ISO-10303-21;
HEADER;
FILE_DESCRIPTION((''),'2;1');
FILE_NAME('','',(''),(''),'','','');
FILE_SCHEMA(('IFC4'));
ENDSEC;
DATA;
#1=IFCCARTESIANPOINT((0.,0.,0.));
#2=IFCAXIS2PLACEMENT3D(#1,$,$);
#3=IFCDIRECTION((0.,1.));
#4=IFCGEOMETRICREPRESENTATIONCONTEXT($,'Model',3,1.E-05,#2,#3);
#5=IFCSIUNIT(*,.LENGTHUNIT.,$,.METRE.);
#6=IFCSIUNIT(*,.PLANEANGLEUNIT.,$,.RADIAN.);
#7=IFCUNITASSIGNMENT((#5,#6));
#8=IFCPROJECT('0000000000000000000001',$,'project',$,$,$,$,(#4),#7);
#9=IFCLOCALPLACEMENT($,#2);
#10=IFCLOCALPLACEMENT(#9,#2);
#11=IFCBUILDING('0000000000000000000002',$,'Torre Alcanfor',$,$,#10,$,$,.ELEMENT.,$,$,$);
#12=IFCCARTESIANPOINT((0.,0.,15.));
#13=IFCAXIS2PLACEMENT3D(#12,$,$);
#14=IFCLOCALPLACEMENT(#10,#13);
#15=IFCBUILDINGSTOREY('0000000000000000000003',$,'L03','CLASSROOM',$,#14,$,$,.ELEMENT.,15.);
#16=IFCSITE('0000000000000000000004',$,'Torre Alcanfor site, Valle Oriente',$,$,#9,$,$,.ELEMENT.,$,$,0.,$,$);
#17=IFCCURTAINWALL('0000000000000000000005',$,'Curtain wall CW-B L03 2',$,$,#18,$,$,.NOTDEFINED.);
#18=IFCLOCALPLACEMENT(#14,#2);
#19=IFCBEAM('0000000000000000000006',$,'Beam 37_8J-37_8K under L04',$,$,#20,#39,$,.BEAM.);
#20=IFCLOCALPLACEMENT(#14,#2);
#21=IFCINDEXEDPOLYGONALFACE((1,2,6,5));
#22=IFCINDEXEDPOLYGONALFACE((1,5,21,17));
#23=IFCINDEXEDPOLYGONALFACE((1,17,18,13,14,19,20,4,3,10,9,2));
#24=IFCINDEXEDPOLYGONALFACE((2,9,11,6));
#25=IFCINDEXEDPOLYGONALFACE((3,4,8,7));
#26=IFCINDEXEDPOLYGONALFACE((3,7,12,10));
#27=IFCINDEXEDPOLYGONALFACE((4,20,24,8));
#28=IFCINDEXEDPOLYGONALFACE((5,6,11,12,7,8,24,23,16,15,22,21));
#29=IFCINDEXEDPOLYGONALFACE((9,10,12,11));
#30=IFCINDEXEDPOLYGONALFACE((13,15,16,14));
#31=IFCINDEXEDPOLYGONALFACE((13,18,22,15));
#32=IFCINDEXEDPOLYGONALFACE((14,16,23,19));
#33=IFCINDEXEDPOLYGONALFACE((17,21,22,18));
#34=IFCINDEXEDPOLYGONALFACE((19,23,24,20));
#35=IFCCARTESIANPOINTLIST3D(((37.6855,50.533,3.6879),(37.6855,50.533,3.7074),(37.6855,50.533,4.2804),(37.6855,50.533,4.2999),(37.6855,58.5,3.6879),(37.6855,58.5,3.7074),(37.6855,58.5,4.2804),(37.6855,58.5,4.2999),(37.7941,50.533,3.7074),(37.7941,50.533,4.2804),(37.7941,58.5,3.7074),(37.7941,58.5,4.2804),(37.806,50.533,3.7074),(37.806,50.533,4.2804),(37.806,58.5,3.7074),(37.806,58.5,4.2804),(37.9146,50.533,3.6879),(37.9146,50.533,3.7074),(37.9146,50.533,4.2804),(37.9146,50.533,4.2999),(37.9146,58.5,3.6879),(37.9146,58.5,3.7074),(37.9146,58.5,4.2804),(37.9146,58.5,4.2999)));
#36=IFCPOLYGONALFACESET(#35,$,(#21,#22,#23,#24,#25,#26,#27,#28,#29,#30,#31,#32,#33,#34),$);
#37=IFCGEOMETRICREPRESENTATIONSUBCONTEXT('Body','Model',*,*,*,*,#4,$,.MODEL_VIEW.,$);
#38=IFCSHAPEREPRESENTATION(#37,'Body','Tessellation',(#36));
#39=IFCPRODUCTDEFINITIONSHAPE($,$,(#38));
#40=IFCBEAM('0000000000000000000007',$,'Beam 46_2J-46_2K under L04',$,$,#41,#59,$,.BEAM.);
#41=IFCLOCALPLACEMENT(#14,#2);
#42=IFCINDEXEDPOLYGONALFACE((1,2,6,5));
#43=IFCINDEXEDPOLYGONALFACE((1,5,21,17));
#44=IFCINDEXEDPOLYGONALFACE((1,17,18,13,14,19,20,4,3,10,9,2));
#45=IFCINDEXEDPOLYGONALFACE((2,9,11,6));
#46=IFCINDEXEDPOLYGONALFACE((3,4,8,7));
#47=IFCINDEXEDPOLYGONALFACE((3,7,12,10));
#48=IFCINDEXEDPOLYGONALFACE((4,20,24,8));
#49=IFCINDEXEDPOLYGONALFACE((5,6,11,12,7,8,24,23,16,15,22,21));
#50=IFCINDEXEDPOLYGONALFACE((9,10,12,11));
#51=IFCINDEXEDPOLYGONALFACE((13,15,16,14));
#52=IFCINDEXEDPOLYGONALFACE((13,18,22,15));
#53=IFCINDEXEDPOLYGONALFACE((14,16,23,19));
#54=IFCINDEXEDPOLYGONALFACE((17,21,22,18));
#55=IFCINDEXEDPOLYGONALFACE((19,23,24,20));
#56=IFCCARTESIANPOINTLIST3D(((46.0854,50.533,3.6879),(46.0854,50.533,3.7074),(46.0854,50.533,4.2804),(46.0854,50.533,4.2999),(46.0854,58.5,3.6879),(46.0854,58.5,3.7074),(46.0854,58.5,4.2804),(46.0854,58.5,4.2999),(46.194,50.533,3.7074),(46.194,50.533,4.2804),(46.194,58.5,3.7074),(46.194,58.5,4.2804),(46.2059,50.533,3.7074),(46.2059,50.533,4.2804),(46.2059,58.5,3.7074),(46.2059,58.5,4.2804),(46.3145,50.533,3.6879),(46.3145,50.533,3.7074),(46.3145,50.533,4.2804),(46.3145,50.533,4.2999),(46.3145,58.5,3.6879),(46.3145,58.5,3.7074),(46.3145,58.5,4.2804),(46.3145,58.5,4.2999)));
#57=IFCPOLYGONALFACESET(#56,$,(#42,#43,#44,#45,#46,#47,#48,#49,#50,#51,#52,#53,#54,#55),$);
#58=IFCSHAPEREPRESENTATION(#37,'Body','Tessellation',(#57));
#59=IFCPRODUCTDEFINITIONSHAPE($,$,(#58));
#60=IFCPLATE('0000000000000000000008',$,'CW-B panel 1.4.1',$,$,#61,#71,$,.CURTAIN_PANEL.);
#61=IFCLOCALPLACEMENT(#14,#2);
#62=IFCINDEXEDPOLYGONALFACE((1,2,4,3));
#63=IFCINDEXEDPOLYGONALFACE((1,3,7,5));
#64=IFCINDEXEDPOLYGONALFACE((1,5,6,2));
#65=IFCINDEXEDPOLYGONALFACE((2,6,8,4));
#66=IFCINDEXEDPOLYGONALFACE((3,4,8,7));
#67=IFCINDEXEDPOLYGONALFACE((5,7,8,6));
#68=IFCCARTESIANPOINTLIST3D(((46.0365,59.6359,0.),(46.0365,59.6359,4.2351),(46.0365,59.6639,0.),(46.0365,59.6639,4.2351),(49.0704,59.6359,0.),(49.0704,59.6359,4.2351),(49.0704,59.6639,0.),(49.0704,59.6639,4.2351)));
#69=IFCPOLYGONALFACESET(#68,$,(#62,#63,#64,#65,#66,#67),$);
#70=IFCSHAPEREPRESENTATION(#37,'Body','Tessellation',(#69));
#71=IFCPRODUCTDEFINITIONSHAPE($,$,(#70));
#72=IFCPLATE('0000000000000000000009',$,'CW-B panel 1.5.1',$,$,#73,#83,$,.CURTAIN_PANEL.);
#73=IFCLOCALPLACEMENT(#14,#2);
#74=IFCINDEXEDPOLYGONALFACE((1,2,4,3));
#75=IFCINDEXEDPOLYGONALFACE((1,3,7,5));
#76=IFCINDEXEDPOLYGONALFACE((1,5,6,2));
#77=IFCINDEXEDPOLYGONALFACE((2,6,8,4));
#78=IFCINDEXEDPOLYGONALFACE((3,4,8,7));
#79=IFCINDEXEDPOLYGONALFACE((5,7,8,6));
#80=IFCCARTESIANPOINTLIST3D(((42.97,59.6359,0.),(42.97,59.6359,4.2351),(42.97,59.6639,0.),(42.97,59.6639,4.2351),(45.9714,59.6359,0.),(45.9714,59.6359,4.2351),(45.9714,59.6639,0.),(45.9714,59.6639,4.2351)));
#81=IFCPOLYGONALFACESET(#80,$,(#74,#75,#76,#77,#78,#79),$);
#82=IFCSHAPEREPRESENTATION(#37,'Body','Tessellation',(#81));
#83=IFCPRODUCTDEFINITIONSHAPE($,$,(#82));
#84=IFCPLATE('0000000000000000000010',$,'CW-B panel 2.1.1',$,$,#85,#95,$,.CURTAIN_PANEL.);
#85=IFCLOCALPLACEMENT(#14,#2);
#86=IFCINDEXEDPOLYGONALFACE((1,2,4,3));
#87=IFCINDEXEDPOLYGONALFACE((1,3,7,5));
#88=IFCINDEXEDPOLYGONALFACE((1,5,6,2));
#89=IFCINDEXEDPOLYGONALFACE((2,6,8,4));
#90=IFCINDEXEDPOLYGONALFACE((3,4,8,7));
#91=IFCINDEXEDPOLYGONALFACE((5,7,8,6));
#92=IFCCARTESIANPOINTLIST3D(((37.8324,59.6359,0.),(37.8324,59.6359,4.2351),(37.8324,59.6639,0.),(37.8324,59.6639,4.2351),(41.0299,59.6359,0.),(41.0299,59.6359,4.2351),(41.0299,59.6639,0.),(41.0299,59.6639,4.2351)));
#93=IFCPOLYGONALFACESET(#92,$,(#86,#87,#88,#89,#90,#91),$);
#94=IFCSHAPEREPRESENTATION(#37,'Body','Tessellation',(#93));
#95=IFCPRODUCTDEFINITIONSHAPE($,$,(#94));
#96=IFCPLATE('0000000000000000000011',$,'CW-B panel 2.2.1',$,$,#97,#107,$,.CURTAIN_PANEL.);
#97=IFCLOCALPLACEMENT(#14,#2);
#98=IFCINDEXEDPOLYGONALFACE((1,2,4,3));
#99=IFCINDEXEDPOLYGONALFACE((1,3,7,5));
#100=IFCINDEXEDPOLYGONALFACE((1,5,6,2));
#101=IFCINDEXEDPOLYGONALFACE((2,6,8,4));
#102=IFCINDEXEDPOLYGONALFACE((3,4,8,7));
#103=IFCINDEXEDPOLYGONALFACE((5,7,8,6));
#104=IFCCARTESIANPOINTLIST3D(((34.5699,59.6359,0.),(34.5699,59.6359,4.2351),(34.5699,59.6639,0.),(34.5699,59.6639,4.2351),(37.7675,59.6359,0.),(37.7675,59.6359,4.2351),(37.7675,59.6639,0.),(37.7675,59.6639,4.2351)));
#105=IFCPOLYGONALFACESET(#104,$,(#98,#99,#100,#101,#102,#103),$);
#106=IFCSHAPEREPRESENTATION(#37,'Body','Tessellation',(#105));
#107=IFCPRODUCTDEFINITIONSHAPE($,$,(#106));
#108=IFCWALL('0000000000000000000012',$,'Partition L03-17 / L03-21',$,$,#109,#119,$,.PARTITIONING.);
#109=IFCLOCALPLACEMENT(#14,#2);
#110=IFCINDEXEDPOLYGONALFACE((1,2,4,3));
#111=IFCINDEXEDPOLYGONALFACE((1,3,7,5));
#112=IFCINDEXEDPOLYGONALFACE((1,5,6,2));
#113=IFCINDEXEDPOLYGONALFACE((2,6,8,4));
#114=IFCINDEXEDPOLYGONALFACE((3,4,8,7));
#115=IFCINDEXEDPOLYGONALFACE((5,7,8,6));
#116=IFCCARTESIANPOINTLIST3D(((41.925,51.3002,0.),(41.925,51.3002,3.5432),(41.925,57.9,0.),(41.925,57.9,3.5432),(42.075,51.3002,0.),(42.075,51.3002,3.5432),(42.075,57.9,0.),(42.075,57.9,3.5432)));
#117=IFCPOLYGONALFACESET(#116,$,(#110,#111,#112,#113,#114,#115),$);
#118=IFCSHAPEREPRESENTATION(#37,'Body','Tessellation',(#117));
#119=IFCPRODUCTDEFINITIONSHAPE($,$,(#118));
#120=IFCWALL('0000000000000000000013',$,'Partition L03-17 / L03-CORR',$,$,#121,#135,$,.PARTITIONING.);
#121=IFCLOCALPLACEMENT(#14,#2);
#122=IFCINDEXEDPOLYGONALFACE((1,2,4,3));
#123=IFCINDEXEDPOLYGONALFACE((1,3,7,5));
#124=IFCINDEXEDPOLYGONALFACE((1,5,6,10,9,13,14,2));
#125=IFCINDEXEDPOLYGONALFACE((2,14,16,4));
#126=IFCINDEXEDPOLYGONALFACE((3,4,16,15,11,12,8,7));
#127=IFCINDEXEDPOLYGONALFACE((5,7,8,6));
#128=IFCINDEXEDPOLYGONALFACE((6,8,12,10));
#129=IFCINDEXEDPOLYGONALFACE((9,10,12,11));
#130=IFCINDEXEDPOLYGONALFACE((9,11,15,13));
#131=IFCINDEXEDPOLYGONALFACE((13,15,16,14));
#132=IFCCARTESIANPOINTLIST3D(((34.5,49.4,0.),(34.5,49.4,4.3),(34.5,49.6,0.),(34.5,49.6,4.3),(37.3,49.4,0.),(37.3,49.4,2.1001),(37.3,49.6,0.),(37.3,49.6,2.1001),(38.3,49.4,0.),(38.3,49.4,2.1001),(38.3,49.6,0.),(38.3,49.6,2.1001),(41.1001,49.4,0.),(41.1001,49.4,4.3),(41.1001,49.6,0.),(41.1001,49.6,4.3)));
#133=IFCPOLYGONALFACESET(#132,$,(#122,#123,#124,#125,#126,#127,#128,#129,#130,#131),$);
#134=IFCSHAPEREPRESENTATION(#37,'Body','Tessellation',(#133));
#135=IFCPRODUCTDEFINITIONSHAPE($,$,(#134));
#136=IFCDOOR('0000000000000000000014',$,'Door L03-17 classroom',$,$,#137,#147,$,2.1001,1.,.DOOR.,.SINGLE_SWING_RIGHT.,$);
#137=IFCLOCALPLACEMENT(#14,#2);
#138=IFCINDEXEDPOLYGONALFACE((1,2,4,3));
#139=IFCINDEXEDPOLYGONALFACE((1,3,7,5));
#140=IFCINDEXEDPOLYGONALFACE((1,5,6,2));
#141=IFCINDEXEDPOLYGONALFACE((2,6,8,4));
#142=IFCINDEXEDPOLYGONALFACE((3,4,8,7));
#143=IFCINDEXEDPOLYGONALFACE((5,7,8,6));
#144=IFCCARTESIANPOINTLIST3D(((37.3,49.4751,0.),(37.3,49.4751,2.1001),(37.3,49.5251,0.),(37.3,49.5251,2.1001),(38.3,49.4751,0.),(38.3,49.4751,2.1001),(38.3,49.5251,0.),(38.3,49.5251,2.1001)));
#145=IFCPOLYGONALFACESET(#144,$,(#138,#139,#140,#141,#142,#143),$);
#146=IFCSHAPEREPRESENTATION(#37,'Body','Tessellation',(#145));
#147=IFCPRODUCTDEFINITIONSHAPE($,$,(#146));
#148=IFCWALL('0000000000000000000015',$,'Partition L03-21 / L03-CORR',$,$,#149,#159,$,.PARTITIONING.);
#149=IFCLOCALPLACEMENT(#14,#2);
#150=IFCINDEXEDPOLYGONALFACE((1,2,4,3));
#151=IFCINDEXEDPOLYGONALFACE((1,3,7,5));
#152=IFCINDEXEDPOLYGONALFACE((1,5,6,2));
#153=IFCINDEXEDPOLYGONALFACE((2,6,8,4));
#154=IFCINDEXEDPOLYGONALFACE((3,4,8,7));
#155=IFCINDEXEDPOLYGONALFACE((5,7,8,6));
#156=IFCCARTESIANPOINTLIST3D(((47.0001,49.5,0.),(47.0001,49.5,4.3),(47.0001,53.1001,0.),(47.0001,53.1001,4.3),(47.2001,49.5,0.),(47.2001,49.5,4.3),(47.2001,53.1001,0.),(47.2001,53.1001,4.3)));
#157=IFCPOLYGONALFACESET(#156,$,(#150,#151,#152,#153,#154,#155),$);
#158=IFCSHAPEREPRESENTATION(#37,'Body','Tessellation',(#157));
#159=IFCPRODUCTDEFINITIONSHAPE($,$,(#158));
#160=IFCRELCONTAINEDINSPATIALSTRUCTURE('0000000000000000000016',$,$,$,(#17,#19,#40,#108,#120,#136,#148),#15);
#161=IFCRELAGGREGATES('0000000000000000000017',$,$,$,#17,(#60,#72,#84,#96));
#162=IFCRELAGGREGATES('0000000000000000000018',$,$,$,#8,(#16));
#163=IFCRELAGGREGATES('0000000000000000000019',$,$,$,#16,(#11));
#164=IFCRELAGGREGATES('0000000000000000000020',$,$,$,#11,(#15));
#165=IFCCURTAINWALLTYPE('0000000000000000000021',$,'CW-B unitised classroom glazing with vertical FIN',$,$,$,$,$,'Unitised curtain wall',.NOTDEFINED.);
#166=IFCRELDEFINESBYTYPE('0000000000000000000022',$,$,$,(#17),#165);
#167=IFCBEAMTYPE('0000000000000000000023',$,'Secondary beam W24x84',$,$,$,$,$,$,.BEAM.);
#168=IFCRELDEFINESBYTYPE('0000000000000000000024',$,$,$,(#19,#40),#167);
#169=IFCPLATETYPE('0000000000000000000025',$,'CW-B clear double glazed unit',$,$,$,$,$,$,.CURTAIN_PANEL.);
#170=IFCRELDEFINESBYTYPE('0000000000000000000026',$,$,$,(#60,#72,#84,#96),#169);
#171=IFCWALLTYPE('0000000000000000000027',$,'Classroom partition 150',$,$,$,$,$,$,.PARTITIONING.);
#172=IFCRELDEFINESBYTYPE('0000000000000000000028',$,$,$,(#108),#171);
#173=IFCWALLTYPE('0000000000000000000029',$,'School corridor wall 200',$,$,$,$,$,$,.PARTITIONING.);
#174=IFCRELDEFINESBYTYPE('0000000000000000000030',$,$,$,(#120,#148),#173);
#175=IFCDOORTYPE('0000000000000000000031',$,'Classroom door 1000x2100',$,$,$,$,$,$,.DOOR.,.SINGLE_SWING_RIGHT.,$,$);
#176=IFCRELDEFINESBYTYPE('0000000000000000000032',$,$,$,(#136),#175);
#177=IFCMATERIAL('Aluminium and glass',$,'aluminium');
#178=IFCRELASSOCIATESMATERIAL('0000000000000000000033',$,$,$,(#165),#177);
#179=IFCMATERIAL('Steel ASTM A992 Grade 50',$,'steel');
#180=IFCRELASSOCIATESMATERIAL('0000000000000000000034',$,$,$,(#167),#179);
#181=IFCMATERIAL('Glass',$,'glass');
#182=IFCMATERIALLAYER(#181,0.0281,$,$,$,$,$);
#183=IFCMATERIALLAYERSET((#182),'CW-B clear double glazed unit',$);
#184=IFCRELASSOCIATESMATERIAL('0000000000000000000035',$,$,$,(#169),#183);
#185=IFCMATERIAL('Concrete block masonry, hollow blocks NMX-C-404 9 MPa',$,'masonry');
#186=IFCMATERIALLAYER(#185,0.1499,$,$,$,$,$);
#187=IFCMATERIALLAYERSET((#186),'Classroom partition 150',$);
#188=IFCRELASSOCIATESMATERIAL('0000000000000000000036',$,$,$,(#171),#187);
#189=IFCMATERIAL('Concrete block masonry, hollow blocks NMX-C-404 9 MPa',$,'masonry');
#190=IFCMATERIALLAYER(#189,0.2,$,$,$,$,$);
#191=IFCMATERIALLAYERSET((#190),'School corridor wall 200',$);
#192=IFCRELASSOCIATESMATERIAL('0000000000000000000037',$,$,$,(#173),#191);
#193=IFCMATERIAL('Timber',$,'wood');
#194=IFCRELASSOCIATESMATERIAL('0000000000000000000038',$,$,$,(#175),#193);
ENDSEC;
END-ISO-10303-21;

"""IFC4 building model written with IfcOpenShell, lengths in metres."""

from ifc_helpers import new_model, si_unit, direction, frame, frame_2d, origin, origin_2d, place, context, subcontext, project, spatial, rectangle, i_section, extrude, material, layer, layer_set, material_profile, profile_set, type_object, element, fill, aggregate, save


model = new_model("IFC4")

# Units and contexts
model_context = context("Model", 3, precision=1e-05, world=origin(), true_north=direction((0.0, 1.0)))
body_context = subcontext(model_context, "Body", "Model", "MODEL_VIEW")
ifc_project = project(units=[si_unit("LENGTHUNIT", "METRE"), si_unit("PLANEANGLEUNIT", "RADIAN")], contexts=[model_context])

# Site, building, storey
site_placement = place(None, origin())
site = spatial("IfcSite", under=ifc_project, at=site_placement, Name="Torre Alcanfor site, Valle Oriente", CompositionType="ELEMENT", RefElevation=0.0)
building_placement = place(site_placement, origin())
building = spatial("IfcBuilding", under=site, at=building_placement, Name="Torre Alcanfor", CompositionType="ELEMENT")
storey_placement = place(building_placement, frame((0.0, 0.0, 15.0)))
storey = spatial("IfcBuildingStorey", under=building, at=storey_placement, Name="L03", Description="CLASSROOM", CompositionType="ELEMENT", Elevation=15.0)

# Curtain wall
ifc_material_1 = material(Name="Aluminium and glass", Category="aluminium")
curtain_wall_type = type_object("IfcCurtainWallType", Name="CW-B unitised classroom glazing with vertical FIN", ElementType="Unitised curtain wall", PredefinedType="NOTDEFINED", material=ifc_material_1)
curtain_wall_placement = place(storey_placement, origin())
curtain_wall = element("IfcCurtainWall", 1, at=curtain_wall_placement, inside=storey, type_object=curtain_wall_type, Name="Curtain wall CW-B L03 2", PredefinedType="NOTDEFINED")

# Beams
ifc_material_2 = material(Name="Steel ASTM A992 Grade 50", Category="steel")
ifc_material_profile_1 = material_profile(ifc_material_2, i_section(OverallWidth=0.229, OverallDepth=0.6121, WebThickness=0.012, FlangeThickness=0.0195, at=origin_2d()), Name="W24x84")
ifc_profile_set_1 = profile_set([ifc_material_profile_1], Name="Steel ASTM A992 Grade 50")
beam_type_1 = type_object("IfcBeamType", Name="Secondary beam W24x84", PredefinedType="BEAM", material=ifc_profile_set_1)
for number, where, z_axis, x_axis, name in (
    (2, (37.8, 50.533, 3.9939), (0.0, 1.0, 0.0), (-1.0, 0.0, 0.0), "Beam 37_8J-37_8K under L04"),
    (3, (46.2, 50.533, 3.9939), (0.0, 1.0, 0.0), (-1.0, 0.0, 0.0), "Beam 46_2J-46_2K under L04"),
):
    element("IfcBeam", number, at=place(storey_placement, frame(where, z_axis=z_axis, x_axis=x_axis)), inside=storey, type_object=beam_type_1, Name=name, PredefinedType="BEAM", context=body_context, shape_type="SweptSolid", body=[
        extrude(i_section(OverallWidth=0.229, OverallDepth=0.6121, WebThickness=0.012, FlangeThickness=0.0195, at=origin_2d()), origin(), (0.0, 0.0, 1.0), 7.967),
    ])

# Plates
ifc_material_3 = material(Name="Glass", Category="glass")
ifc_layer_1 = layer(ifc_material_3, 0.0281)
ifc_layer_set_1 = layer_set([ifc_layer_1], Name="CW-B clear double glazed unit")
plate_type = type_object("IfcPlateType", Name="CW-B clear double glazed unit", PredefinedType="CURTAIN_PANEL", material=ifc_layer_set_1)
plate_1_placement = place(storey_placement, frame((47.5535, 59.6499, 0.0), z_axis=(0.0, 0.0, 1.0), x_axis=(-1.0, 0.0, 0.0)))
plate_1 = element("IfcPlate", 4, at=plate_1_placement, type_object=plate_type, Name="CW-B panel 1.4.1", PredefinedType="CURTAIN_PANEL", context=body_context, shape_type="SweptSolid", body=[
    extrude(rectangle(XDim=3.0339, YDim=0.0281, at=origin_2d()), origin(), (0.0, 0.0, 1.0), 4.2351),
])
plate_2_placement = place(storey_placement, frame((44.4707, 59.6499, 0.0), z_axis=(0.0, 0.0, 1.0), x_axis=(-1.0, 0.0, 0.0)))
plate_2 = element("IfcPlate", 5, at=plate_2_placement, type_object=plate_type, Name="CW-B panel 1.5.1", PredefinedType="CURTAIN_PANEL", context=body_context, shape_type="SweptSolid", body=[
    extrude(rectangle(XDim=3.0015, YDim=0.0281, at=origin_2d()), origin(), (0.0, 0.0, 1.0), 4.2351),
])
plate_3_placement = place(storey_placement, frame((39.4312, 59.6499, 0.0), z_axis=(0.0, 0.0, 1.0), x_axis=(-1.0, 0.0, 0.0)))
plate_3 = element("IfcPlate", 6, at=plate_3_placement, type_object=plate_type, Name="CW-B panel 2.1.1", PredefinedType="CURTAIN_PANEL", context=body_context, shape_type="SweptSolid", body=[
    extrude(rectangle(XDim=3.1975, YDim=0.0281, at=origin_2d()), origin(), (0.0, 0.0, 1.0), 4.2351),
])
plate_4_placement = place(storey_placement, frame((36.1687, 59.6499, 0.0), z_axis=(0.0, 0.0, 1.0), x_axis=(-1.0, 0.0, 0.0)))
plate_4 = element("IfcPlate", 7, at=plate_4_placement, type_object=plate_type, Name="CW-B panel 2.2.1", PredefinedType="CURTAIN_PANEL", context=body_context, shape_type="SweptSolid", body=[
    extrude(rectangle(XDim=3.1975, YDim=0.0281, at=origin_2d()), origin(), (0.0, 0.0, 1.0), 4.2351),
])
aggregate(curtain_wall, [plate_1, plate_2, plate_3, plate_4])

# Wall
ifc_material_4 = material(Name="Concrete block masonry, hollow blocks NMX-C-404 9 MPa", Category="masonry")
ifc_layer_2 = layer(ifc_material_4, 0.1499)
ifc_layer_set_2 = layer_set([ifc_layer_2], Name="Classroom partition 150")
wall_type_1 = type_object("IfcWallType", Name="Classroom partition 150", PredefinedType="PARTITIONING", material=ifc_layer_set_2)
wall_1_placement = place(storey_placement, frame((42.0, 57.8999, 0.0), z_axis=(0.0, 0.0, 1.0), x_axis=(0.0, -1.0, 0.0)))
element("IfcWall", 8, at=wall_1_placement, inside=storey, type_object=wall_type_1, Name="Partition L03-17 / L03-21", PredefinedType="PARTITIONING", context=body_context, shape_type="SweptSolid", body=[
    extrude(rectangle(XDim=6.5999, YDim=0.1499, at=frame_2d((3.2998, 0.0))), origin(), (0.0, 0.0, 1.0), 3.5432),
])

# Wall, opening, door
ifc_material_5 = material(Name="Concrete block masonry, hollow blocks NMX-C-404 9 MPa", Category="masonry")
ifc_layer_3 = layer(ifc_material_5, 0.2)
ifc_layer_set_3 = layer_set([ifc_layer_3], Name="School corridor wall 200")
wall_type_2 = type_object("IfcWallType", Name="School corridor wall 200", PredefinedType="PARTITIONING", material=ifc_layer_set_3)
wall_2_placement = place(storey_placement, frame((41.1001, 49.5, 0.0), z_axis=(0.0, 0.0, 1.0), x_axis=(-1.0, 0.0, 0.0)))
wall_2 = element("IfcWall", 9, at=wall_2_placement, inside=storey, type_object=wall_type_2, Name="Partition L03-17 / L03-CORR", PredefinedType="PARTITIONING", context=body_context, shape_type="SweptSolid", body=[
    extrude(rectangle(XDim=6.6001, YDim=0.2, at=frame_2d((3.3, 0.0))), origin(), (0.0, 0.0, 1.0), 4.3),
])
opening_1_placement = place(wall_2_placement, frame((2.8, 0.0, 0.0)))
opening_1 = element("IfcOpeningElement", 10, at=opening_1_placement, cuts=wall_2, PredefinedType="OPENING", context=body_context, shape_type="SweptSolid", body=[
    extrude(rectangle(XDim=1.0, YDim=2.1001, at=frame_2d((0.5, 1.05))), frame((0.0, 0.1099, 0.0), z_axis=(0.0, -1.0, 0.0), x_axis=(1.0, 0.0, 0.0)), (0.0, 0.0, 1.0), 0.22),
])
ifc_material_6 = material(Name="Timber", Category="wood")
door_type = type_object("IfcDoorType", Name="Classroom door 1000x2100", OperationType="SINGLE_SWING_RIGHT", PredefinedType="DOOR", material=ifc_material_6)
door_1_placement = place(opening_1_placement, frame((1.0, 0.0, 0.0), z_axis=(0.0, 0.0, 1.0), x_axis=(-1.0, 0.0, 0.0)))
door_1 = element("IfcDoor", 11, at=door_1_placement, inside=storey, type_object=door_type, Name="Door L03-17 classroom", OperationType="SINGLE_SWING_RIGHT", OverallHeight=2.1001, OverallWidth=1.0, PredefinedType="DOOR", context=body_context, shape_type="SweptSolid", body=[
    extrude(rectangle(XDim=1.0, YDim=2.1001, at=frame_2d((0.5, 1.05))), frame((0.0, 0.0251, 0.0), z_axis=(0.0, -1.0, 0.0), x_axis=(1.0, 0.0, 0.0)), (0.0, 0.0, 1.0), 0.05),
])
fill(opening_1, door_1)

# Wall
wall_3_placement = place(storey_placement, frame((47.1001, 53.1001, 0.0), z_axis=(0.0, 0.0, 1.0), x_axis=(0.0, -1.0, 0.0)))
element("IfcWall", 12, at=wall_3_placement, inside=storey, type_object=wall_type_2, Name="Partition L03-21 / L03-CORR", PredefinedType="PARTITIONING", context=body_context, shape_type="SweptSolid", body=[
    extrude(rectangle(XDim=3.6001, YDim=0.2, at=frame_2d((1.8, 0.0))), origin(), (0.0, 0.0, 1.0), 4.3),
])

save(model, "model.ifc")
